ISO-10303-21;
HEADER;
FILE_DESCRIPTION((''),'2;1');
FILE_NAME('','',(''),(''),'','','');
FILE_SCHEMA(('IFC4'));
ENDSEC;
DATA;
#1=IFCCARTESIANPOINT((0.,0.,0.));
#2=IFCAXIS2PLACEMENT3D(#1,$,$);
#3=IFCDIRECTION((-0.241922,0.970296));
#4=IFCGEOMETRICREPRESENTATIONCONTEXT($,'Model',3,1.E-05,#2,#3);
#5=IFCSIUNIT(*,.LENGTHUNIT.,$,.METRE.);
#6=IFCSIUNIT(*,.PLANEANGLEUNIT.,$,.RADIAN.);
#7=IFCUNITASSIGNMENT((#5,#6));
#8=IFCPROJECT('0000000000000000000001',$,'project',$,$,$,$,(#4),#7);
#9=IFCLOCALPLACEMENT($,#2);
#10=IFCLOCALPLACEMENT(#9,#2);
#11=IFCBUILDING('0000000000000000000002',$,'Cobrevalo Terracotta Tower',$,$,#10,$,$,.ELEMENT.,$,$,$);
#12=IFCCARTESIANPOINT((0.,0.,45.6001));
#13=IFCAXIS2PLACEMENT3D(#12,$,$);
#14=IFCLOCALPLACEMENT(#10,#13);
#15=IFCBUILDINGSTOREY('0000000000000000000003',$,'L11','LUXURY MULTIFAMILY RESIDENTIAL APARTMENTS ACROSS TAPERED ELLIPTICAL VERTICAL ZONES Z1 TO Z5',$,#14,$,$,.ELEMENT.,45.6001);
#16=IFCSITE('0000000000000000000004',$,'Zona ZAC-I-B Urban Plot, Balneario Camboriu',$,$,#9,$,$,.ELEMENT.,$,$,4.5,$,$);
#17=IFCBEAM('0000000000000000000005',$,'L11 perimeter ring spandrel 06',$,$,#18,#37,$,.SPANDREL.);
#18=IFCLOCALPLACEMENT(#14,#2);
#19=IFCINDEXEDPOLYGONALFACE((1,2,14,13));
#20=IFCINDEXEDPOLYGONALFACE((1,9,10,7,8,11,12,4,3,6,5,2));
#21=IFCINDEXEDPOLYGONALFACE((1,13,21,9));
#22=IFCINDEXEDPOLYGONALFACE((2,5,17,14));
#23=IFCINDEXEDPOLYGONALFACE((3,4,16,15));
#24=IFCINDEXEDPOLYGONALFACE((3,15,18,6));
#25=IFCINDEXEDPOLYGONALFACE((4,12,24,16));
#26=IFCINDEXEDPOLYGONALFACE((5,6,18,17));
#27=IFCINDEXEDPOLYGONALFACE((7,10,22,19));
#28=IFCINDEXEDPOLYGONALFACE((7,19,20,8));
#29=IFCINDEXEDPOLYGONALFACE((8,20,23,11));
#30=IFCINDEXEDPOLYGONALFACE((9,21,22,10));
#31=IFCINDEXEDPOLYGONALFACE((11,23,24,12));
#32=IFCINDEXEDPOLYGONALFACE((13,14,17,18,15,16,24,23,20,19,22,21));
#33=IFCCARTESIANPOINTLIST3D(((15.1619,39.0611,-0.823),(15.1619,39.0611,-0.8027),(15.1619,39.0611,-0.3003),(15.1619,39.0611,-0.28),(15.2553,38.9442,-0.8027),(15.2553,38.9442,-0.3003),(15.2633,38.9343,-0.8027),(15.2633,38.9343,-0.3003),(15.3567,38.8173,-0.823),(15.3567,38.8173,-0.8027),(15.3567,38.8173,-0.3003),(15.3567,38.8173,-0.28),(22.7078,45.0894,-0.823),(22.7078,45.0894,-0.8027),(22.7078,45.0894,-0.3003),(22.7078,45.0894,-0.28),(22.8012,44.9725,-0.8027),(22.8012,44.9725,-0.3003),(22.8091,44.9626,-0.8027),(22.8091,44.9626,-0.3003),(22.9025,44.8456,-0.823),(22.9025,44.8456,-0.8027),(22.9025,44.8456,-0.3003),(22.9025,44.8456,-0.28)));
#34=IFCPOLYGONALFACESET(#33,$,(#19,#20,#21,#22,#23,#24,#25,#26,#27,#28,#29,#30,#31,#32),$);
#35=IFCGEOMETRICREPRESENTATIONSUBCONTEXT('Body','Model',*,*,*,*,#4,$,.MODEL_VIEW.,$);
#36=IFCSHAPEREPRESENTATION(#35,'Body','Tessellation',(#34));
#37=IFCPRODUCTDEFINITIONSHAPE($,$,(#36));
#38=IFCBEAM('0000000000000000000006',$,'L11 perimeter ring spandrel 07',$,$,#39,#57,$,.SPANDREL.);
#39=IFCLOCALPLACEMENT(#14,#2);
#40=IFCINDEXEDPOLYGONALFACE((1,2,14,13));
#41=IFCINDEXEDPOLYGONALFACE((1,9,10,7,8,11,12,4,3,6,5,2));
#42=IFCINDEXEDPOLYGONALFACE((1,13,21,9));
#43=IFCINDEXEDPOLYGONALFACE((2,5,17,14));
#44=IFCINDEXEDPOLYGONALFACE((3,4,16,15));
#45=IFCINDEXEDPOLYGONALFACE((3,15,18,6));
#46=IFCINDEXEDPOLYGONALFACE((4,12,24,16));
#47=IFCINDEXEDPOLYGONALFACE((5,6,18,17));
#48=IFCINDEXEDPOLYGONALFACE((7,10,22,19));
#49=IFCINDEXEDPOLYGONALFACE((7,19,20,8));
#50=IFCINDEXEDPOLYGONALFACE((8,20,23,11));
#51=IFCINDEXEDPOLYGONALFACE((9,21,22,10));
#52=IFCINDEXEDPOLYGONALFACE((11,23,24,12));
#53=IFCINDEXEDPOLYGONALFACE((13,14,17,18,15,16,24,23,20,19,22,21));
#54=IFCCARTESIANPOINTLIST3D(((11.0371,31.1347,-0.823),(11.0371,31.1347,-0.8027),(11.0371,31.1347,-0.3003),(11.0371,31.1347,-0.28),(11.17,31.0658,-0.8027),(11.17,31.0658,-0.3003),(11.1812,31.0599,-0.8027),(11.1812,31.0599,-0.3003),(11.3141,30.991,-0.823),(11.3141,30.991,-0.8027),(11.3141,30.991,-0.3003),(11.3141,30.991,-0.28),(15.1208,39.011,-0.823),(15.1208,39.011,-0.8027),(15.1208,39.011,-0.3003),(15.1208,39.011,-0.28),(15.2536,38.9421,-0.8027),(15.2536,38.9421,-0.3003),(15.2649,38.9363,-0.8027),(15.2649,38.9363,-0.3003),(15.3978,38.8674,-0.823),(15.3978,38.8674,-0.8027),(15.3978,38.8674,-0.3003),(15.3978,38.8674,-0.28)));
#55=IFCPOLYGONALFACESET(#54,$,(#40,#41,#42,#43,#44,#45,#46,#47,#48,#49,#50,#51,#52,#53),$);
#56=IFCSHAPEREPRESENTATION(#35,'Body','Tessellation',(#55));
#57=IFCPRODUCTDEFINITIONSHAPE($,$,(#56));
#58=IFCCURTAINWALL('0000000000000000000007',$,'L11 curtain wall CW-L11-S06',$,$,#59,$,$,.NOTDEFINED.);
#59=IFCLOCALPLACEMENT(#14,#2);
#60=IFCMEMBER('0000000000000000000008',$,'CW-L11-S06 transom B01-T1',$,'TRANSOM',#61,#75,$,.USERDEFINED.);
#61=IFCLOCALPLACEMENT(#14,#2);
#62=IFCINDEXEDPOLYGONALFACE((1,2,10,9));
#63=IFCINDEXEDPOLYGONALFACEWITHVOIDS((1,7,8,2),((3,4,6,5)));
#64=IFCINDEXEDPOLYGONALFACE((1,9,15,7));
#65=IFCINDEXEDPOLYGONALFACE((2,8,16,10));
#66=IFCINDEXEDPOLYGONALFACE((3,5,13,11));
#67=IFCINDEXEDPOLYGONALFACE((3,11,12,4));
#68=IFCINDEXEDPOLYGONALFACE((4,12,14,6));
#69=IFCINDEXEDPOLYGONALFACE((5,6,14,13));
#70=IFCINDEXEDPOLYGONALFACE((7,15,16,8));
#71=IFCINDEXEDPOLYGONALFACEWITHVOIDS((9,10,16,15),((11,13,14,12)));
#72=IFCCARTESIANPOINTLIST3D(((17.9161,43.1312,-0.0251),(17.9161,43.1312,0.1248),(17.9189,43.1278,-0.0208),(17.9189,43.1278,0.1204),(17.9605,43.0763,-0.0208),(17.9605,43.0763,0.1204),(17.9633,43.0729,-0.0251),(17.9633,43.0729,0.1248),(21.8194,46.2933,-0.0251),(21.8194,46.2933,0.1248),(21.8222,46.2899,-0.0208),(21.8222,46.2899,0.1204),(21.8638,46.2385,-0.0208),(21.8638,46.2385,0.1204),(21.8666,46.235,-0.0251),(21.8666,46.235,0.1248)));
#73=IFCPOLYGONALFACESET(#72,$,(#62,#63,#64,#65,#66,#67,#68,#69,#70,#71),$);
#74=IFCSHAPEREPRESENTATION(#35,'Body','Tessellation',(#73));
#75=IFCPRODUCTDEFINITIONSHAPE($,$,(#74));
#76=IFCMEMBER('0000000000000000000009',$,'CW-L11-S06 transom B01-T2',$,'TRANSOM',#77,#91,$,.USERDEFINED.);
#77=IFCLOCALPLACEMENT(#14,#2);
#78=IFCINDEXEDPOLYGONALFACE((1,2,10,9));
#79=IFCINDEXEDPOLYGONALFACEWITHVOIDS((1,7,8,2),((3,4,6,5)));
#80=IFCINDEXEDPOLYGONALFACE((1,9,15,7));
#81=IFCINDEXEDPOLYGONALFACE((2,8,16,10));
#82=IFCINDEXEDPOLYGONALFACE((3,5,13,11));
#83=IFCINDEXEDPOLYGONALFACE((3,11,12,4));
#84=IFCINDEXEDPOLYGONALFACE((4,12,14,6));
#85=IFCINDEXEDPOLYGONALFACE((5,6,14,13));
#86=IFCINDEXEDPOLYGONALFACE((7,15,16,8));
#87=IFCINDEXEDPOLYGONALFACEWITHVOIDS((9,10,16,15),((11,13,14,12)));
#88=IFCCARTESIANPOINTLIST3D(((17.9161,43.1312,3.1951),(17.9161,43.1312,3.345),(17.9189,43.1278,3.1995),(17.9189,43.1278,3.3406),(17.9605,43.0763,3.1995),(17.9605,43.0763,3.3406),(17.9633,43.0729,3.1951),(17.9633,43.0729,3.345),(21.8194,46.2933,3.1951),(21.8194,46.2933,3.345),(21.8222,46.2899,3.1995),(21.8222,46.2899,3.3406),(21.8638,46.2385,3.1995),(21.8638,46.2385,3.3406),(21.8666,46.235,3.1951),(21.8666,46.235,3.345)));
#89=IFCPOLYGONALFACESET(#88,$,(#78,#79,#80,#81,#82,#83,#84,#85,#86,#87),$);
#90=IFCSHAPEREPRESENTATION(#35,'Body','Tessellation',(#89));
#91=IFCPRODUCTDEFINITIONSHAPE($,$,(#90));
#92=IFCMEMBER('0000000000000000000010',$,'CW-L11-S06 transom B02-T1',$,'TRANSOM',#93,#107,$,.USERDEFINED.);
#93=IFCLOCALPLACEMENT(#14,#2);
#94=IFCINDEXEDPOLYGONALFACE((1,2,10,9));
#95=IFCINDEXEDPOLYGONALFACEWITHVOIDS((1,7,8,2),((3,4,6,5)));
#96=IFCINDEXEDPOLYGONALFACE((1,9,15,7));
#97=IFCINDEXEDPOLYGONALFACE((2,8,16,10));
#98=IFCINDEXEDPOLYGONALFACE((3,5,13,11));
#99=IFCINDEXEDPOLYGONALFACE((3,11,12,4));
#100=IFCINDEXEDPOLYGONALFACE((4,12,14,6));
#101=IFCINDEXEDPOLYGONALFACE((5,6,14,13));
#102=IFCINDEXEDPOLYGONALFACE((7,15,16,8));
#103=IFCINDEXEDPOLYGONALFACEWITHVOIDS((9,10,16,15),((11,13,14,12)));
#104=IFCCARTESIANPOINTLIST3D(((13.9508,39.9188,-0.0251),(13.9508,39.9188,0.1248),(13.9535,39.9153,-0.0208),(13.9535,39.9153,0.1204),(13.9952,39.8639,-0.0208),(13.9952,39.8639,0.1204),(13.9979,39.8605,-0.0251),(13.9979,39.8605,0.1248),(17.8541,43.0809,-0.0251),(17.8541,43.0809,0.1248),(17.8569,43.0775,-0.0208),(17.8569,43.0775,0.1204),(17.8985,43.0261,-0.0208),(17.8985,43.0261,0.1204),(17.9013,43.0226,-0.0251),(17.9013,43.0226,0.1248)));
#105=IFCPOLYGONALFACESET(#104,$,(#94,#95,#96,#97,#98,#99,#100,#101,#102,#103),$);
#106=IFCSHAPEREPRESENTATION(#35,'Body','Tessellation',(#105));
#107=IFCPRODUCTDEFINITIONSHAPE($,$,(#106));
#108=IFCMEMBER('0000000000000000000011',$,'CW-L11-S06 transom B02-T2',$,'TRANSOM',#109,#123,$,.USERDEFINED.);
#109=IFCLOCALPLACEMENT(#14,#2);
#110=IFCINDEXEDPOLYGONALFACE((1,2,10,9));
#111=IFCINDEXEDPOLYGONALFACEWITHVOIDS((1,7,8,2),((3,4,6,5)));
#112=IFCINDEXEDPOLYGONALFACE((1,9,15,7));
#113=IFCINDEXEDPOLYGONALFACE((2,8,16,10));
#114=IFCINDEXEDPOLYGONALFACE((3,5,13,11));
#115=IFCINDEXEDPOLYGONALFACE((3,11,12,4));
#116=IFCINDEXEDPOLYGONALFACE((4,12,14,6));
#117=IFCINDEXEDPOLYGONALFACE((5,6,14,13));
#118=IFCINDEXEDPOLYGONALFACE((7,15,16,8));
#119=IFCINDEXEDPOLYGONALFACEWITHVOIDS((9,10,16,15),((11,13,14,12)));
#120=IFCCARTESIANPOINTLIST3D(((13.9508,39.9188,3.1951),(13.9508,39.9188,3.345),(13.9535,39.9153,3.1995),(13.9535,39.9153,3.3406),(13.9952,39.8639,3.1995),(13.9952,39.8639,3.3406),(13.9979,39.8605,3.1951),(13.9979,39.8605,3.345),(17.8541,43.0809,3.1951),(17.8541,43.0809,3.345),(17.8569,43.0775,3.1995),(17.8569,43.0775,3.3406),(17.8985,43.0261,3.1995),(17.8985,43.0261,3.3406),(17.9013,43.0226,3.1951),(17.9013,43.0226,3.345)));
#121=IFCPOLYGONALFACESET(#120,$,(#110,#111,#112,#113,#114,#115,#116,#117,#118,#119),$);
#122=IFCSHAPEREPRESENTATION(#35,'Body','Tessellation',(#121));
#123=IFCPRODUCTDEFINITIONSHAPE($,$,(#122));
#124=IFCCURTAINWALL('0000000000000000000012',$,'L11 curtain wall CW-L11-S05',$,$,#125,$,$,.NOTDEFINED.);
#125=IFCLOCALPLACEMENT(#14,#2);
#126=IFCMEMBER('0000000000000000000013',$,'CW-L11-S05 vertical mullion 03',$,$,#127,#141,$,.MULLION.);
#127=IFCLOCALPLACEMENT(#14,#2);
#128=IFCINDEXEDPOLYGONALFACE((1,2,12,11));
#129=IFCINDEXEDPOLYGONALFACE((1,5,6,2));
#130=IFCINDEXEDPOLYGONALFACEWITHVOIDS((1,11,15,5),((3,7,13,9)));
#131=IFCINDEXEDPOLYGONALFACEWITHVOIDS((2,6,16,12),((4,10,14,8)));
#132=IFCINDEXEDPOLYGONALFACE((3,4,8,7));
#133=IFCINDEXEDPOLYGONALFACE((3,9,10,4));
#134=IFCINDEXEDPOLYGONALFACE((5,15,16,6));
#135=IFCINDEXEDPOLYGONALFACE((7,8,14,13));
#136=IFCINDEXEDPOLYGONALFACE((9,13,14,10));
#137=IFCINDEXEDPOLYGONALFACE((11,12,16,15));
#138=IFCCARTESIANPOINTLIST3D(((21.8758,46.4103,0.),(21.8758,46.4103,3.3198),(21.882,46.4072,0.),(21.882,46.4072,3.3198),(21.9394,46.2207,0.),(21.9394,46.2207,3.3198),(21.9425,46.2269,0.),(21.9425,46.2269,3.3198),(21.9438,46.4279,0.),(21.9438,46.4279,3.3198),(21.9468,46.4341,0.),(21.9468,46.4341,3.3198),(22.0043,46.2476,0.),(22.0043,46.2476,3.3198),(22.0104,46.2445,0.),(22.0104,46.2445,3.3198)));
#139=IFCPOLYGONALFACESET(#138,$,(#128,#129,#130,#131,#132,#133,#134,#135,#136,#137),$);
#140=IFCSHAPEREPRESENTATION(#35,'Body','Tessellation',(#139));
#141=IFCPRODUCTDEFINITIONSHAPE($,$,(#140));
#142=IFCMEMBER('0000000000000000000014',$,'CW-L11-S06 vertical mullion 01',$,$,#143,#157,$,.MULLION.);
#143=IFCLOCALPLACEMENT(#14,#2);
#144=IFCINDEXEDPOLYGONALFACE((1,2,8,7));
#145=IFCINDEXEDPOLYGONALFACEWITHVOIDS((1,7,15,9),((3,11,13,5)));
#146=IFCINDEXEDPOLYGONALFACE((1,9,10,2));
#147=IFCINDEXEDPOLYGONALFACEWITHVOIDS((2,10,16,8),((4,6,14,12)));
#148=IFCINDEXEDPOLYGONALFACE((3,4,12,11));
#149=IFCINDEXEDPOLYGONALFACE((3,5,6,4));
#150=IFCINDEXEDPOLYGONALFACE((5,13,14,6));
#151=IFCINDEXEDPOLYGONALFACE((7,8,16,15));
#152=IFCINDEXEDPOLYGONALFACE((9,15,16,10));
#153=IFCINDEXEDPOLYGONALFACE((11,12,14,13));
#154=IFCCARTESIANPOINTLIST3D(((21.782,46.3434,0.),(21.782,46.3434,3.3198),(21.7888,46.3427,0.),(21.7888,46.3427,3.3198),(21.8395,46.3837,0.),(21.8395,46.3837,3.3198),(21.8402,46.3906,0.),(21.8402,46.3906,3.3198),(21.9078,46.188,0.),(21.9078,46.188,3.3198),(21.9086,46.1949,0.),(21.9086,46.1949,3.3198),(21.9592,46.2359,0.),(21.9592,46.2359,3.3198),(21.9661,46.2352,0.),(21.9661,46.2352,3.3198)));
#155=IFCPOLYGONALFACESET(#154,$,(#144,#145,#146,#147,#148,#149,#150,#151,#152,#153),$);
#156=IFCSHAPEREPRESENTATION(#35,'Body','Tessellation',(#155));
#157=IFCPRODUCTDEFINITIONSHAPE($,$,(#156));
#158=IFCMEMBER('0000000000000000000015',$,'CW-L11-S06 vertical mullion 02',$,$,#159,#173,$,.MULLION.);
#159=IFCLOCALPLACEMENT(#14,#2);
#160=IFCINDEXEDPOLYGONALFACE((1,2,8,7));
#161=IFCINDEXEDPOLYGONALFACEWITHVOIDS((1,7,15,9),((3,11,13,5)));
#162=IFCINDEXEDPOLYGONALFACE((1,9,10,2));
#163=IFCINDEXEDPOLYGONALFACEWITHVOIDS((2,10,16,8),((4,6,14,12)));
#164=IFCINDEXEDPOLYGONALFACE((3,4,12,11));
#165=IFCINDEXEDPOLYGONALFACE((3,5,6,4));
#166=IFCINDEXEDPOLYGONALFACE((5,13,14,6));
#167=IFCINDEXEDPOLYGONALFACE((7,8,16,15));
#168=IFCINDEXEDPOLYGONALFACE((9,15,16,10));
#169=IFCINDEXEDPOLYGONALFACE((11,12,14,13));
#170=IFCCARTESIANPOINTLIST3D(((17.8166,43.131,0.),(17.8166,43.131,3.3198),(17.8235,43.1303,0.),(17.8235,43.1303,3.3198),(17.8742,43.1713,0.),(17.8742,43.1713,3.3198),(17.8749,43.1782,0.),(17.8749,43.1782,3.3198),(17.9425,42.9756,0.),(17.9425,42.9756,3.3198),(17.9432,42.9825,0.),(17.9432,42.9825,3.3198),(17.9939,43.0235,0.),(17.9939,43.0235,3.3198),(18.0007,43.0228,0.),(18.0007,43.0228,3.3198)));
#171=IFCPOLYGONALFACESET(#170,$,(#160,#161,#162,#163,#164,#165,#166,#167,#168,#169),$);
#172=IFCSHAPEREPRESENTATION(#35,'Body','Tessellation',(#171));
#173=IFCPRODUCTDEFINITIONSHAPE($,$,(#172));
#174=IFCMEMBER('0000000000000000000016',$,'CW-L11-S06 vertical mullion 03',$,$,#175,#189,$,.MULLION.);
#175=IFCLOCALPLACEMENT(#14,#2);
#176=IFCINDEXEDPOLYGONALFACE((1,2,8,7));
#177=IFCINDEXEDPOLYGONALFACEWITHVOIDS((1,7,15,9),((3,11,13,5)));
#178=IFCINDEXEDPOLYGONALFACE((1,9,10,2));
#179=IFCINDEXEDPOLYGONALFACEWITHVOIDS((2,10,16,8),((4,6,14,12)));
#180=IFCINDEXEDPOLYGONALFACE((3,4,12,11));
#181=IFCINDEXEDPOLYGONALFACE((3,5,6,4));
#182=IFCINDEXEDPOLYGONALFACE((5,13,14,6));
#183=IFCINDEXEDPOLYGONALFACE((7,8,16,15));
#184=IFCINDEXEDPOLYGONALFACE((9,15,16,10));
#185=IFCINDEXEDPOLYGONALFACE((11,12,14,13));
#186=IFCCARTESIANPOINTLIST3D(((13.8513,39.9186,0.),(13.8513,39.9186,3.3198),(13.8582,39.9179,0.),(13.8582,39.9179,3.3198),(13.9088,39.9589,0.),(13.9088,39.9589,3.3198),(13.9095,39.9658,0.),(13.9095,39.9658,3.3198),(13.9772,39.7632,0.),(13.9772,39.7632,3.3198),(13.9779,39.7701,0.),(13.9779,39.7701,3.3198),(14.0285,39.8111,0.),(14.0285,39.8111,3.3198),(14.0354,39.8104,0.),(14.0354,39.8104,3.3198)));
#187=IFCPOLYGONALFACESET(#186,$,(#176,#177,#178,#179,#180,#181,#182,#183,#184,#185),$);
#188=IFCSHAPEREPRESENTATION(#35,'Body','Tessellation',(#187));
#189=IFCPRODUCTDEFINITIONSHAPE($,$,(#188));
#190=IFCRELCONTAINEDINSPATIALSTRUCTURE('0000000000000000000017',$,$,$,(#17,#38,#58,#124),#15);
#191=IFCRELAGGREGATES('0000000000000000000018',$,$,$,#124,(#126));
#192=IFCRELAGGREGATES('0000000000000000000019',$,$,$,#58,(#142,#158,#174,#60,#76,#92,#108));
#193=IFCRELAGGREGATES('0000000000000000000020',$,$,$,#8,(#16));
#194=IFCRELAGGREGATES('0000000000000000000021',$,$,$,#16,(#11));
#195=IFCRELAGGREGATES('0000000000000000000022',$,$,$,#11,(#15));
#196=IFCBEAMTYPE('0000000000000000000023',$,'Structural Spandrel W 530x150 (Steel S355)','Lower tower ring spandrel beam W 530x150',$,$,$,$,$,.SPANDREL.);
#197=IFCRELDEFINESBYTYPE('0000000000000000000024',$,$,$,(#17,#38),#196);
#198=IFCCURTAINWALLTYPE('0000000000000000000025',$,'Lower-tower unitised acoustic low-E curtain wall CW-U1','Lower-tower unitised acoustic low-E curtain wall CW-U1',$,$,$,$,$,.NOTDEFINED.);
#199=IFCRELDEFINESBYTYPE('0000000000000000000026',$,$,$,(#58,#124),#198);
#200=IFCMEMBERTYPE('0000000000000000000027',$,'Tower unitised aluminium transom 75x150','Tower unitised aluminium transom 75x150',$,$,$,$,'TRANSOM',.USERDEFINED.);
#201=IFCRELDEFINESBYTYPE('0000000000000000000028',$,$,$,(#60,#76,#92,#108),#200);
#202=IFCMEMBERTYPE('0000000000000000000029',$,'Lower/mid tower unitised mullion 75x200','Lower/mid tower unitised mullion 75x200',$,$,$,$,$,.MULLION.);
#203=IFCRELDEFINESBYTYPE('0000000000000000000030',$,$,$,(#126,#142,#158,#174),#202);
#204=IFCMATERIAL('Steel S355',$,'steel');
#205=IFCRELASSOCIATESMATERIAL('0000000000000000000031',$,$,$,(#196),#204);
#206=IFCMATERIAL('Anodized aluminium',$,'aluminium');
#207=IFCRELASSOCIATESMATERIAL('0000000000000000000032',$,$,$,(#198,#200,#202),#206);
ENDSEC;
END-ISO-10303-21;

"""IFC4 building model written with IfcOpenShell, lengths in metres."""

from ifc_helpers import new_model, si_unit, direction, frame, origin, origin_2d, place, context, subcontext, project, spatial, hollow_rectangle, i_section, extrude, source, transform, mapped, material, material_profile, profile_set, type_object, element, aggregate, save


model = new_model("IFC4")

# Units and contexts
model_context = context("Model", 3, precision=1e-05, world=origin(), true_north=direction((-0.241922, 0.970296)))
body_context = subcontext(model_context, "Body", "Model", "MODEL_VIEW")
ifc_project = project(units=[si_unit("LENGTHUNIT", "METRE"), si_unit("PLANEANGLEUNIT", "RADIAN")], contexts=[model_context])

# Site, building, storey
site_placement = place(None, origin())
site = spatial("IfcSite", under=ifc_project, at=site_placement, Name="Zona ZAC-I-B Urban Plot, Balneario Camboriu", CompositionType="ELEMENT", RefElevation=4.5)
building_placement = place(site_placement, origin())
building = spatial("IfcBuilding", under=site, at=building_placement, Name="Cobrevalo Terracotta Tower", CompositionType="ELEMENT")
storey_placement = place(building_placement, frame((0.0, 0.0, 45.6001)))
storey = spatial("IfcBuildingStorey", under=building, at=storey_placement, Name="L11", Description="LUXURY MULTIFAMILY RESIDENTIAL APARTMENTS ACROSS TAPERED ELLIPTICAL VERTICAL ZONES Z1 TO Z5", CompositionType="ELEMENT", Elevation=45.6001)

# Shared definitions
ifc_material_1 = material(Name="Steel S355", Category="steel")

# Beams
ifc_material_profile_1 = material_profile(ifc_material_1, i_section(OverallWidth=0.312, OverallDepth=0.543, WebThickness=0.0127, FlangeThickness=0.0203, at=origin_2d()), Name="W 530x150")
ifc_profile_set_1 = profile_set([ifc_material_profile_1], Name="Steel S355")
beam_type_1 = type_object("IfcBeamType", Name="Structural Spandrel W 530x150 (Steel S355)", Description="Lower tower ring spandrel beam W 530x150", PredefinedType="SPANDREL", material=ifc_profile_set_1)
beam_1_placement = place(storey_placement, frame((22.8052, 44.9675, -0.5515), z_axis=(-0.781293, -0.624165, 0.0), x_axis=(0.624165, -0.781293, 0.0)))
element("IfcBeam", 1, at=beam_1_placement, inside=storey, type_object=beam_type_1, Name="L11 perimeter ring spandrel 06", PredefinedType="SPANDREL", context=body_context, shape_type="SweptSolid", body=[
    extrude(i_section(OverallWidth=0.312, OverallDepth=0.543, WebThickness=0.0127, FlangeThickness=0.0203, at=origin_2d()), origin(), (0.0, 0.0, 1.0), 9.6582),
])
beam_2_placement = place(storey_placement, frame((15.2593, 38.9392, -0.5515), z_axis=(-0.460286, -0.887771, 0.0), x_axis=(0.887771, -0.460286, 0.0)))
element("IfcBeam", 2, at=beam_2_placement, inside=storey, type_object=beam_type_1, Name="L11 perimeter ring spandrel 07", PredefinedType="SPANDREL", context=body_context, shape_type="SweptSolid", body=[
    extrude(i_section(OverallWidth=0.312, OverallDepth=0.543, WebThickness=0.0127, FlangeThickness=0.0203, at=origin_2d()), origin(), (0.0, 0.0, 1.0), 8.8721),
])

# Curtain wall, members
ifc_material_2 = material(Name="Anodized aluminium", Category="aluminium")
curtain_wall_type = type_object("IfcCurtainWallType", Name="Lower-tower unitised acoustic low-E curtain wall CW-U1", Description="Lower-tower unitised acoustic low-E curtain wall CW-U1", PredefinedType="NOTDEFINED", material=ifc_material_2)
curtain_wall_1_placement = place(storey_placement, origin())
curtain_wall_1 = element("IfcCurtainWall", 3, at=curtain_wall_1_placement, inside=storey, type_object=curtain_wall_type, Name="L11 curtain wall CW-L11-S06", PredefinedType="NOTDEFINED")
ifc_material_profile_2 = material_profile(ifc_material_2, hollow_rectangle(XDim=0.075, YDim=0.1499, WallThickness=0.0044, at=origin_2d()), Name="CWT 75x150")
ifc_profile_set_2 = profile_set([ifc_material_profile_2], Name="Anodized aluminium")
member_type_1 = type_object("IfcMemberType", Name="Tower unitised aluminium transom 75x150", Description="Tower unitised aluminium transom 75x150", ElementType="TRANSOM", PredefinedType="USERDEFINED", material=ifc_profile_set_2)
shared_shape_1 = source(origin(), body_context, "Body", "SweptSolid", [
    extrude(hollow_rectangle(XDim=0.075, YDim=0.1499, WallThickness=0.0044, at=origin_2d()), origin(), (0.0, 0.0, 1.0), 5.0234),
])
member_1_placement = place(storey_placement, frame((21.843, 46.2642, 0.0498), z_axis=(-0.777023, -0.629472, 0.0), x_axis=(0.629472, -0.777023, 0.0)))
member_1 = element("IfcMember", 4, at=member_1_placement, type_object=member_type_1, Name="CW-L11-S06 transom B01-T1", ObjectType="TRANSOM", PredefinedType="USERDEFINED", context=body_context, shape_type="MappedRepresentation", body=[
    mapped(shared_shape_1, transform((0.0, 0.0, 0.0), scale=1.0)),
])
member_2_placement = place(storey_placement, frame((21.843, 46.2642, 3.27), z_axis=(-0.777023, -0.629472, 0.0), x_axis=(0.629472, -0.777023, 0.0)))
member_2 = element("IfcMember", 5, at=member_2_placement, type_object=member_type_1, Name="CW-L11-S06 transom B01-T2", ObjectType="TRANSOM", PredefinedType="USERDEFINED", context=body_context, shape_type="MappedRepresentation", body=[
    mapped(shared_shape_1, transform((0.0, 0.0, 0.0), scale=1.0)),
])
member_3_placement = place(storey_placement, frame((17.8777, 43.0518, 0.0498), z_axis=(-0.777023, -0.629472, 0.0), x_axis=(0.629472, -0.777023, 0.0)))
member_3 = element("IfcMember", 6, at=member_3_placement, type_object=member_type_1, Name="CW-L11-S06 transom B02-T1", ObjectType="TRANSOM", PredefinedType="USERDEFINED", context=body_context, shape_type="MappedRepresentation", body=[
    mapped(shared_shape_1, transform((0.0, 0.0, 0.0), scale=1.0)),
])
member_4_placement = place(storey_placement, frame((17.8777, 43.0518, 3.27), z_axis=(-0.777023, -0.629472, 0.0), x_axis=(0.629472, -0.777023, 0.0)))
member_4 = element("IfcMember", 7, at=member_4_placement, type_object=member_type_1, Name="CW-L11-S06 transom B02-T2", ObjectType="TRANSOM", PredefinedType="USERDEFINED", context=body_context, shape_type="MappedRepresentation", body=[
    mapped(shared_shape_1, transform((0.0, 0.0, 0.0), scale=1.0)),
])

# Curtain wall, member
curtain_wall_2_placement = place(storey_placement, origin())
curtain_wall_2 = element("IfcCurtainWall", 8, at=curtain_wall_2_placement, inside=storey, type_object=curtain_wall_type, Name="L11 curtain wall CW-L11-S05", PredefinedType="NOTDEFINED")
ifc_material_profile_3 = material_profile(ifc_material_2, hollow_rectangle(XDim=0.075, YDim=0.2, WallThickness=0.0049, at=origin_2d()), Name="CWM 75x200")
ifc_profile_set_3 = profile_set([ifc_material_profile_3], Name="Anodized aluminium")
member_type_2 = type_object("IfcMemberType", Name="Lower/mid tower unitised mullion 75x200", Description="Lower/mid tower unitised mullion 75x200", PredefinedType="MULLION", material=ifc_profile_set_3)
shared_shape_2 = source(origin(), body_context, "Body", "SweptSolid", [
    extrude(hollow_rectangle(XDim=0.075, YDim=0.2, WallThickness=0.0049, at=origin_2d()), origin(), (0.0, 0.0, 1.0), 3.3198),
])
member_5_placement = place(storey_placement, frame((21.9431, 46.3274, 0.0), z_axis=(0.0, 0.0, 1.0), x_axis=(-0.948046, -0.318132, 0.0)))
member_5 = element("IfcMember", 9, at=member_5_placement, type_object=member_type_2, Name="CW-L11-S05 vertical mullion 03", PredefinedType="MULLION", context=body_context, shape_type="MappedRepresentation", body=[
    mapped(shared_shape_2, transform((0.0, 0.0, 0.0), scale=1.0)),
])
aggregate(curtain_wall_2, [member_5])

# Members
member_6_placement = place(storey_placement, frame((21.874, 46.2893, 0.0), z_axis=(0.0, 0.0, 1.0), x_axis=(-0.777003, -0.629497, 0.0)))
member_6 = element("IfcMember", 10, at=member_6_placement, type_object=member_type_2, Name="CW-L11-S06 vertical mullion 01", PredefinedType="MULLION", context=body_context, shape_type="MappedRepresentation", body=[
    mapped(shared_shape_2, transform((0.0, 0.0, 0.0), scale=1.0)),
])
member_7_placement = place(storey_placement, frame((17.9087, 43.0769, 0.0), z_axis=(0.0, 0.0, 1.0), x_axis=(-0.777003, -0.629497, 0.0)))
member_7 = element("IfcMember", 11, at=member_7_placement, type_object=member_type_2, Name="CW-L11-S06 vertical mullion 02", PredefinedType="MULLION", context=body_context, shape_type="MappedRepresentation", body=[
    mapped(shared_shape_2, transform((0.0, 0.0, 0.0), scale=1.0)),
])
member_8_placement = place(storey_placement, frame((13.9434, 39.8645, 0.0), z_axis=(0.0, 0.0, 1.0), x_axis=(-0.777003, -0.629497, 0.0)))
member_8 = element("IfcMember", 12, at=member_8_placement, type_object=member_type_2, Name="CW-L11-S06 vertical mullion 03", PredefinedType="MULLION", context=body_context, shape_type="MappedRepresentation", body=[
    mapped(shared_shape_2, transform((0.0, 0.0, 0.0), scale=1.0)),
])

aggregate(curtain_wall_1, [member_6, member_7, member_8, member_1, member_2, member_3, member_4])

save(model, "model.ifc")
